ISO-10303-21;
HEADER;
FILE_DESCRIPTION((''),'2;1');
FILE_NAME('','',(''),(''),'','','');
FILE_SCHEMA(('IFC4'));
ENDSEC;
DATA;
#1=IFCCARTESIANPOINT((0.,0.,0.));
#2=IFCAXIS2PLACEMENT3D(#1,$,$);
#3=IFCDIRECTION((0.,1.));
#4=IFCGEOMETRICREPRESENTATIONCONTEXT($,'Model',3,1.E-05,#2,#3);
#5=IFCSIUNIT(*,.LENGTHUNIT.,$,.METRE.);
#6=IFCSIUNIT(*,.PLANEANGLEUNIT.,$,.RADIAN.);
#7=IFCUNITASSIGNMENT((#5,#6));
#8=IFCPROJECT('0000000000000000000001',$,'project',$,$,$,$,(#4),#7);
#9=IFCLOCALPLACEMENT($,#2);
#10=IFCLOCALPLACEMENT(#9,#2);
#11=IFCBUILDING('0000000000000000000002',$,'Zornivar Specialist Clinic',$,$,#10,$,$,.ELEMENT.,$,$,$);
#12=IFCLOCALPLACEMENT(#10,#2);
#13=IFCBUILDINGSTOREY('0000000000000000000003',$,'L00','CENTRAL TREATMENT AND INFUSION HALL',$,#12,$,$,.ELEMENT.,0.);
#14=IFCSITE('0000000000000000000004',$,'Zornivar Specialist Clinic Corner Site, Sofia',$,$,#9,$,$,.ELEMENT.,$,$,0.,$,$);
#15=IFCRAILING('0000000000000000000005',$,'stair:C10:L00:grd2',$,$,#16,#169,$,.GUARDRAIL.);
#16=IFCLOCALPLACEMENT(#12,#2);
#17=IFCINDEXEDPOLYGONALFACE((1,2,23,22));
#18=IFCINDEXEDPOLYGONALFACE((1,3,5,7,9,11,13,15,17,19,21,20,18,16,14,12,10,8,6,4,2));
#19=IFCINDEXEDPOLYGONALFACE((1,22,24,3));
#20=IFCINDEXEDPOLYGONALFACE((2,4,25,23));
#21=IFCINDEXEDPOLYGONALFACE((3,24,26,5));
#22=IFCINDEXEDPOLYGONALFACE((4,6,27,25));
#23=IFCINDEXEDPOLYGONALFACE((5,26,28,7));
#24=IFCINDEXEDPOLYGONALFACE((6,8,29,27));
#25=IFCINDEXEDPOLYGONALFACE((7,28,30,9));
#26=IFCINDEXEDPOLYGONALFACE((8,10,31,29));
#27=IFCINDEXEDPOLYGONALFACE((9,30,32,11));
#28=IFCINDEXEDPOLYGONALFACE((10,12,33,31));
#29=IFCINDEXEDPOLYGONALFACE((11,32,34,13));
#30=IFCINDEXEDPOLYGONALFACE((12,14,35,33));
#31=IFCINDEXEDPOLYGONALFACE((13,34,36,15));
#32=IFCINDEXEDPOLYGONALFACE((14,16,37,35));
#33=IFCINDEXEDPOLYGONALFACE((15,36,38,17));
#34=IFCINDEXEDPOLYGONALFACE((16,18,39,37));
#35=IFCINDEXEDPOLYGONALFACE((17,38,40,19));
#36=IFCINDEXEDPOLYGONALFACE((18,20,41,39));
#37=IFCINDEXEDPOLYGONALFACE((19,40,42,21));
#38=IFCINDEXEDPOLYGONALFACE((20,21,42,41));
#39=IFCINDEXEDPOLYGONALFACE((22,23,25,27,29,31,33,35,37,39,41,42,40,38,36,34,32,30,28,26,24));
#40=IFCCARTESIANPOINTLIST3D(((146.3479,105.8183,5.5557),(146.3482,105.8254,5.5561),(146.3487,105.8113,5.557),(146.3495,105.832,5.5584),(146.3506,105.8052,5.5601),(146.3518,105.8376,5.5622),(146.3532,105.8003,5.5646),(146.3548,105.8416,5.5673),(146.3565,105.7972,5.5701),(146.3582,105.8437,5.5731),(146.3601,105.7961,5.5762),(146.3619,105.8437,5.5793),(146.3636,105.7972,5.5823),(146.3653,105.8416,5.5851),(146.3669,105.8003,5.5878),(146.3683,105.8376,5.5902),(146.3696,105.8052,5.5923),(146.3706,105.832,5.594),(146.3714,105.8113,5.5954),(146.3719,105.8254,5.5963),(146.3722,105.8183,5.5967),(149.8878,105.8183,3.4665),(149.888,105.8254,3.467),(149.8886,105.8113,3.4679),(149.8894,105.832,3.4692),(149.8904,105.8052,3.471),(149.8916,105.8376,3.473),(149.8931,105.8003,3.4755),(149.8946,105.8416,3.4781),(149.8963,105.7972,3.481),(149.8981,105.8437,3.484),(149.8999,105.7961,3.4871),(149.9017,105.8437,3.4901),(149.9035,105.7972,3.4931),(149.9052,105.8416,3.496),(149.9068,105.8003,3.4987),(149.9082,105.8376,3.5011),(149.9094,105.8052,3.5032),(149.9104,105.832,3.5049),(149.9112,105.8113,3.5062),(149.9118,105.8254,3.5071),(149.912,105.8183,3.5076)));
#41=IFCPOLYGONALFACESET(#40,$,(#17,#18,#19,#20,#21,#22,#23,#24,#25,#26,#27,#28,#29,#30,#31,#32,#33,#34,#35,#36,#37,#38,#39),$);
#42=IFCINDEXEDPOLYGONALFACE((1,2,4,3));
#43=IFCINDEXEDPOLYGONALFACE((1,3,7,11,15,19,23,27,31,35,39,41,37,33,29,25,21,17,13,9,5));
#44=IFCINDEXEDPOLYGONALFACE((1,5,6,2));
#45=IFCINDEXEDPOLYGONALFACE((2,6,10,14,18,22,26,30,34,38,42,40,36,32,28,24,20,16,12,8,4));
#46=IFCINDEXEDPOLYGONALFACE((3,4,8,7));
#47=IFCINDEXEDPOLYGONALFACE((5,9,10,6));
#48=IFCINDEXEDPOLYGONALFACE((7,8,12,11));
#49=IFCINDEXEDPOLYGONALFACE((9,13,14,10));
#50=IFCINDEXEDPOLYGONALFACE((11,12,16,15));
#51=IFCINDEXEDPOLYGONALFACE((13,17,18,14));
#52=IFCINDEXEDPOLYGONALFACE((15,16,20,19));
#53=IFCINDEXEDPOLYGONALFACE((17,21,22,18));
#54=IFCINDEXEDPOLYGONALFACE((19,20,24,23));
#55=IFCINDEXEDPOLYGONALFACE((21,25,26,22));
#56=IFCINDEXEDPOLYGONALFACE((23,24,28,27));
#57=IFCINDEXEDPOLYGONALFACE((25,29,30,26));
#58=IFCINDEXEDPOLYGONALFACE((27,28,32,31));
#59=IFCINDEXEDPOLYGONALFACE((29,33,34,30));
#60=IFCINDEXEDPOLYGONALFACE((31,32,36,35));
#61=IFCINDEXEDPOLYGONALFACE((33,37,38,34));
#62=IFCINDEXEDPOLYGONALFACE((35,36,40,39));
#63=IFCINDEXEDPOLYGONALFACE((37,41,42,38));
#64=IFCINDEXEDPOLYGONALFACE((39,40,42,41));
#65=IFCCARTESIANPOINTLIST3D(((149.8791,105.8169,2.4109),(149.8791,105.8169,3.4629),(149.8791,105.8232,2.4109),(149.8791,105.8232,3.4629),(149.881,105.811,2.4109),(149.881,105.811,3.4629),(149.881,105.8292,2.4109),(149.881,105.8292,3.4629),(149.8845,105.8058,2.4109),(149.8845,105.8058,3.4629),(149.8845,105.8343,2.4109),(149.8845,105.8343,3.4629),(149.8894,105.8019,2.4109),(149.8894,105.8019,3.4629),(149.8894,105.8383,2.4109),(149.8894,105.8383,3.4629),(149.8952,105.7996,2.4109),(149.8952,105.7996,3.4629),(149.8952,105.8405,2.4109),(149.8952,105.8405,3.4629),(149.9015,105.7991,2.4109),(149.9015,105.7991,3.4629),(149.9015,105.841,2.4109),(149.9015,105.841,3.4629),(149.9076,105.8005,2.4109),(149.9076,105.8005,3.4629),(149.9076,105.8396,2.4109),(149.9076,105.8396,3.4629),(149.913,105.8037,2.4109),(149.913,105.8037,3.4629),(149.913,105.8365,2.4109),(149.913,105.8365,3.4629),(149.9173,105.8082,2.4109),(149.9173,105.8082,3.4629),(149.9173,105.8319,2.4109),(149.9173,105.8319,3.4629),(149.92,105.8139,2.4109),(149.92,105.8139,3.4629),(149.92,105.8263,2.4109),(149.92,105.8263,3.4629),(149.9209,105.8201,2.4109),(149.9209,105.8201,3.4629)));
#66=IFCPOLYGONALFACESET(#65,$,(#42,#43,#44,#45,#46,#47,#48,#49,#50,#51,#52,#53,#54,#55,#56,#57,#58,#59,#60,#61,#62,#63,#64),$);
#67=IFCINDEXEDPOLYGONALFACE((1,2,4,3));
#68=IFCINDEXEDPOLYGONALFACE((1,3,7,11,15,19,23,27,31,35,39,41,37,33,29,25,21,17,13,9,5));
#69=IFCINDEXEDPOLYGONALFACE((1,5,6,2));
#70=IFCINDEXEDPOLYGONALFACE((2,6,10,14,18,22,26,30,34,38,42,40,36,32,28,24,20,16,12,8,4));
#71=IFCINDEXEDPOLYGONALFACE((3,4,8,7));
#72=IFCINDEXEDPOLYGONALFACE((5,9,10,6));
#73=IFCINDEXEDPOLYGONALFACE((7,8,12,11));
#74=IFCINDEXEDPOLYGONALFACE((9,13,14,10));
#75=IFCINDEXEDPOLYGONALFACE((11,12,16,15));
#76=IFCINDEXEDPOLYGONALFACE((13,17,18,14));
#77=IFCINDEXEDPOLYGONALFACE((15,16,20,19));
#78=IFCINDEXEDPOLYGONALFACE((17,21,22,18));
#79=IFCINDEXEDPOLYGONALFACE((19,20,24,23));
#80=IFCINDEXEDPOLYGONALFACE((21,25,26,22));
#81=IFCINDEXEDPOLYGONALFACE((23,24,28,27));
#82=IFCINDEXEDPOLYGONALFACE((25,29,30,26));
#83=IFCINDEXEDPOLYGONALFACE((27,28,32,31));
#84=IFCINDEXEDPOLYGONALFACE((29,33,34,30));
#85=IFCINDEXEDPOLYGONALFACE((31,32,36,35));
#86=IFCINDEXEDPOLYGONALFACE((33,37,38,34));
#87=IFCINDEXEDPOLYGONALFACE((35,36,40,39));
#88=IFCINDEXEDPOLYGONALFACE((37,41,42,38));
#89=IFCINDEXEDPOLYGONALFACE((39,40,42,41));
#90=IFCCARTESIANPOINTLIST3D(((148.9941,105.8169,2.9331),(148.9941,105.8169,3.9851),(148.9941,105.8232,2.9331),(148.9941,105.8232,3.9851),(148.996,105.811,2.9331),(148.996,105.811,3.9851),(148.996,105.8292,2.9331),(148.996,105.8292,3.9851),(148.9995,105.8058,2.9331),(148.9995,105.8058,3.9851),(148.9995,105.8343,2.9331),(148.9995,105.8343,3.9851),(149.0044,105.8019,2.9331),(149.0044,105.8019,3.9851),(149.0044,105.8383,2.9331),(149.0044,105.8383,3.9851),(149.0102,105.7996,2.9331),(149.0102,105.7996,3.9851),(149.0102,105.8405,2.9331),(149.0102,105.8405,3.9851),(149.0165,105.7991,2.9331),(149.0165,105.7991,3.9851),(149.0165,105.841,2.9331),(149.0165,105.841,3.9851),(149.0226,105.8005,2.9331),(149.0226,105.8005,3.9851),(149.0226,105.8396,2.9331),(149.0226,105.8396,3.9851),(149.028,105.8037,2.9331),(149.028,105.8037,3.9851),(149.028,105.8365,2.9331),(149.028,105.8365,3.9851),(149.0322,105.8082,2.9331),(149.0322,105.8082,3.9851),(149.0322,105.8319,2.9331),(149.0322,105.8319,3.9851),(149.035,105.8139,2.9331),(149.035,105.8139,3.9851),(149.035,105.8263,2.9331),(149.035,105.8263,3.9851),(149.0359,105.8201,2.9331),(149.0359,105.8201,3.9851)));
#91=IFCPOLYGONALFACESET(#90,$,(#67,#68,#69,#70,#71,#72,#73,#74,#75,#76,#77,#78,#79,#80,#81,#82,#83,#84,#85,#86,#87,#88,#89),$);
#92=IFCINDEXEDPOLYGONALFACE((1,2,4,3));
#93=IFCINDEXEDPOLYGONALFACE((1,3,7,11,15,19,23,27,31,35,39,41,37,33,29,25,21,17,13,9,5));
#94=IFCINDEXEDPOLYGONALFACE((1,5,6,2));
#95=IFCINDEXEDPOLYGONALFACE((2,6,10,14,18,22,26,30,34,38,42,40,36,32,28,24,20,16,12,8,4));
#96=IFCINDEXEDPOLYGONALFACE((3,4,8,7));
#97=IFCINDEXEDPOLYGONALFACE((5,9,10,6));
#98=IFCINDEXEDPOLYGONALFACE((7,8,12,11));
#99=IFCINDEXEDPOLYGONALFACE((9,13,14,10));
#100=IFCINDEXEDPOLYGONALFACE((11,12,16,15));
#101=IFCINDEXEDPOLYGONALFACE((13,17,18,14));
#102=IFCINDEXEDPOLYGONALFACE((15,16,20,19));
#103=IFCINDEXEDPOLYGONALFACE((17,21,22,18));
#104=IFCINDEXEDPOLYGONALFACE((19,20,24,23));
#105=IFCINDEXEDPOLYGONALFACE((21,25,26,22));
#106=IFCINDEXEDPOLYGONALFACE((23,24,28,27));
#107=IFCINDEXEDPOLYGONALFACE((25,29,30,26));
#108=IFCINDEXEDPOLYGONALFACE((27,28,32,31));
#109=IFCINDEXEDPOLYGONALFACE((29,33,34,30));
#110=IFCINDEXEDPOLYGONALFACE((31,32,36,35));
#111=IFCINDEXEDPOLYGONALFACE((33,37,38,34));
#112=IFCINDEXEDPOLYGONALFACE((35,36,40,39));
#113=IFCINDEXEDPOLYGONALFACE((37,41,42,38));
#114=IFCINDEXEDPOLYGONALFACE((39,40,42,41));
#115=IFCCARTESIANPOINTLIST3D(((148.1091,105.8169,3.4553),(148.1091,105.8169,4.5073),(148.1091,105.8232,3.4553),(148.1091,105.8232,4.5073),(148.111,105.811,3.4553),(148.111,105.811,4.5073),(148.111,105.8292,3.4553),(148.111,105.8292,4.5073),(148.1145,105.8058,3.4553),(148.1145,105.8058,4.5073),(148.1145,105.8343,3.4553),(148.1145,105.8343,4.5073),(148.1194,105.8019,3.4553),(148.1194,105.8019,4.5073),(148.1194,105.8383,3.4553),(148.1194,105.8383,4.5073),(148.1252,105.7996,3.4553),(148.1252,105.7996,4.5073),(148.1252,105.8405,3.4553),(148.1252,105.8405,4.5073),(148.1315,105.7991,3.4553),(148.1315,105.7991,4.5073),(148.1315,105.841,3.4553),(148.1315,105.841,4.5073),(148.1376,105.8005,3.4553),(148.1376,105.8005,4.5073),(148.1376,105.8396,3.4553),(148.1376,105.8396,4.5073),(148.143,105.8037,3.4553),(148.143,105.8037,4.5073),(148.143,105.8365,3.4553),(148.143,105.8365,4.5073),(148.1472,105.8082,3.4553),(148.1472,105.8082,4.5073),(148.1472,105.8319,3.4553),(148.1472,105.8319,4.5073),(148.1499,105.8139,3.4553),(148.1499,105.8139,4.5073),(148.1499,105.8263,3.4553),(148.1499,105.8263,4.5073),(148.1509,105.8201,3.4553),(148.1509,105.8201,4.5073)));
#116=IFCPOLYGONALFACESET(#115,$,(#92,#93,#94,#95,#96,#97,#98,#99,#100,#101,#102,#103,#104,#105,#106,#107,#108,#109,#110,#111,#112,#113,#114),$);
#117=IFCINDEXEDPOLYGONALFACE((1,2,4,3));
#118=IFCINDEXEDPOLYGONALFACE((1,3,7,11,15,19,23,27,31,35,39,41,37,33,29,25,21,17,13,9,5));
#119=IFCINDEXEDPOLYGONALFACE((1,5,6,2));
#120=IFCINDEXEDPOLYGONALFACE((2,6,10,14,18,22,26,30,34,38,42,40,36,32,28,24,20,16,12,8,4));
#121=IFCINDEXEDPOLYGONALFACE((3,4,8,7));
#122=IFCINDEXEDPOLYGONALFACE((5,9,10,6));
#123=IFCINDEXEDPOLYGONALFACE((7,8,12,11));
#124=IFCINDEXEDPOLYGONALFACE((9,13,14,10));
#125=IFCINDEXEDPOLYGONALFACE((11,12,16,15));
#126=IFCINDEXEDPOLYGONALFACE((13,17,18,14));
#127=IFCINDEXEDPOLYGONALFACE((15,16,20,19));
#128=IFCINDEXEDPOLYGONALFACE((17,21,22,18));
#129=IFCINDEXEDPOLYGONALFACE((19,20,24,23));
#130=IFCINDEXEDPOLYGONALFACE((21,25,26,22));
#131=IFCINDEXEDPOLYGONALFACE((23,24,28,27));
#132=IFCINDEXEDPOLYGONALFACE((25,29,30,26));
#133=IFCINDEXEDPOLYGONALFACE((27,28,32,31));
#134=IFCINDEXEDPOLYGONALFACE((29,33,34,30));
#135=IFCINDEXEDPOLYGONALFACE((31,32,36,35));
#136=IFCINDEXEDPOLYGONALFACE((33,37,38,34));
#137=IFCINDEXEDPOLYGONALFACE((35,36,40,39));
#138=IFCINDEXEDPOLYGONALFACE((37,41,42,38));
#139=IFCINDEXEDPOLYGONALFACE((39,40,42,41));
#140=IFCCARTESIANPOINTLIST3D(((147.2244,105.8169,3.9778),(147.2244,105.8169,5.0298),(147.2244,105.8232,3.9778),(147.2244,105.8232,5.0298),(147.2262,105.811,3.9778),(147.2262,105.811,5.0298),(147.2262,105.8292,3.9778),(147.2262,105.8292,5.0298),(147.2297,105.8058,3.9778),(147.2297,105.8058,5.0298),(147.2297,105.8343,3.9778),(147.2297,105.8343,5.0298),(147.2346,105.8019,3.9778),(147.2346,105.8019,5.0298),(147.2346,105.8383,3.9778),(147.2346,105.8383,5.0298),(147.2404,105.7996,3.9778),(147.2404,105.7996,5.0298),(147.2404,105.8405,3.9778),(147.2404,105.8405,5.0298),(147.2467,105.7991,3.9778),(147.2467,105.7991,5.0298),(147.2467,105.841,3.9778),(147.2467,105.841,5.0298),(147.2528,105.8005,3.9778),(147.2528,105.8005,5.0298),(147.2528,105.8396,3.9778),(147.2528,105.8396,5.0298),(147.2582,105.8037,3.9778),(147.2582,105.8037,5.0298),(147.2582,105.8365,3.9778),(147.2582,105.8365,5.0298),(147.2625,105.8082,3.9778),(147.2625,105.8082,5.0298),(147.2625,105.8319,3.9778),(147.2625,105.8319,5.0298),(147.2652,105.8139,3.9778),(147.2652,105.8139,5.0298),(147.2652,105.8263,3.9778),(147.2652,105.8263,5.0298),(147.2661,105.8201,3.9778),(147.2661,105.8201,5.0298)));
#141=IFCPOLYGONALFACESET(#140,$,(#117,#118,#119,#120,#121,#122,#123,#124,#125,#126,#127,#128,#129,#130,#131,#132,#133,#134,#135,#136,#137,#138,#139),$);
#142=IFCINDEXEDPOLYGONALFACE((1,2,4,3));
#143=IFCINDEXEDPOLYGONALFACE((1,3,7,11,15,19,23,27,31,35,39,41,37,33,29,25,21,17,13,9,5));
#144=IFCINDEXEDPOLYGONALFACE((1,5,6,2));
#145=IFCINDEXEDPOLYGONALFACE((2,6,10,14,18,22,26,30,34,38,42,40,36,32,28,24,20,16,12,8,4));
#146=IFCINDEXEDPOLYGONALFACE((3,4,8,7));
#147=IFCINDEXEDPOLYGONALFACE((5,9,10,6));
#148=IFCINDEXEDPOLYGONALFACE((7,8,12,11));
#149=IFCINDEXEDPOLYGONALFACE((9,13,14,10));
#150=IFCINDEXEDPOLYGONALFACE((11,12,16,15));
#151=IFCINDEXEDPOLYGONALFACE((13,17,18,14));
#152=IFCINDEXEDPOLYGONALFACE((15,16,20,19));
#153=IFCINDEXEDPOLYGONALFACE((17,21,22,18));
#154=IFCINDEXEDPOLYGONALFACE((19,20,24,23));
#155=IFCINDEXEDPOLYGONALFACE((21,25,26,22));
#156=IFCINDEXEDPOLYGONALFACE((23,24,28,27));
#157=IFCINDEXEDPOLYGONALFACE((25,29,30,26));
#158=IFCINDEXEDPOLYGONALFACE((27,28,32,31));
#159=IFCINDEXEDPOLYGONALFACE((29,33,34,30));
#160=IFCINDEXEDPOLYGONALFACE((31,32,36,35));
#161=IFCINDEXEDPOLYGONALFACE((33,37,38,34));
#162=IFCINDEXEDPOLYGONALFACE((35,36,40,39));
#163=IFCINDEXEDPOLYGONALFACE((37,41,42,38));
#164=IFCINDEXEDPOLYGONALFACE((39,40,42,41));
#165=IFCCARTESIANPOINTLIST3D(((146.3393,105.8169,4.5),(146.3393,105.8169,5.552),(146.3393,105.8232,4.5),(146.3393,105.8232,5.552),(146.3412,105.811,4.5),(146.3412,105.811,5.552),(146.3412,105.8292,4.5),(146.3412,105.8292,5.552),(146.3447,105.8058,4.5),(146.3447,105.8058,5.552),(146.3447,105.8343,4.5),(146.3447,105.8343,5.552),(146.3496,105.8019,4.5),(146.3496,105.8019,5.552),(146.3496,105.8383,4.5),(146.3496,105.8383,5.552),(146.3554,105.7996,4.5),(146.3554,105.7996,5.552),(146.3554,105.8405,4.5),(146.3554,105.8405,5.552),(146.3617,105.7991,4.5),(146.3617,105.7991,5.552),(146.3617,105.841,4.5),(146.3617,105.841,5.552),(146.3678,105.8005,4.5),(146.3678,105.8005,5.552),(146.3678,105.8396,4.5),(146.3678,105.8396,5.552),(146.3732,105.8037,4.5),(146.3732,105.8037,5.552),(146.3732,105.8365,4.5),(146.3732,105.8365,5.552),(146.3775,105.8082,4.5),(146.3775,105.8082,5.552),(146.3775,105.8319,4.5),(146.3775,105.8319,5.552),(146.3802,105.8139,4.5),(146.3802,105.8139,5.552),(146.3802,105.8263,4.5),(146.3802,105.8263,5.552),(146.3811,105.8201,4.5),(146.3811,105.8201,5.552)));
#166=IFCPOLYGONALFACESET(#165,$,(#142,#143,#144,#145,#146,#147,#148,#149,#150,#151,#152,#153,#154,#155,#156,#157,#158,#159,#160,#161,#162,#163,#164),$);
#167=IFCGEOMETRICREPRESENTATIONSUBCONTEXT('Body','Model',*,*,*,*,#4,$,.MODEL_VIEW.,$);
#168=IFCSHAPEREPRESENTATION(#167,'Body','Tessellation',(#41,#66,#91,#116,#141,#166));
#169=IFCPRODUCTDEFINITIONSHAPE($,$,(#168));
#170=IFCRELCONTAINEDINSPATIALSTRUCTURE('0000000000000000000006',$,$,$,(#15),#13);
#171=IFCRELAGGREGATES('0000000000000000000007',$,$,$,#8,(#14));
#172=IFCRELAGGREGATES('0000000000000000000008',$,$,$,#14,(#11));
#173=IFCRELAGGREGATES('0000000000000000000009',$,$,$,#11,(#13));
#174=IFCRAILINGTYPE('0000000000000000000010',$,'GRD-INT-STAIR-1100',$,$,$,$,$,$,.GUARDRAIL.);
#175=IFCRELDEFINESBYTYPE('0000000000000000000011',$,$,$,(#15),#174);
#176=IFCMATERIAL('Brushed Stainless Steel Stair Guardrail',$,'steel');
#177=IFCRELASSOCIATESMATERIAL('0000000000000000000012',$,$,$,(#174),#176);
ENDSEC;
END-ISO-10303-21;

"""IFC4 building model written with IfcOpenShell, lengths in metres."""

from ifc_helpers import new_model, si_unit, direction, frame, origin, origin_2d, place, context, subcontext, project, spatial, circle, extrude, material, type_object, element, save


model = new_model("IFC4")

# Units and contexts
model_context = context("Model", 3, precision=1e-05, world=origin(), true_north=direction((0.0, 1.0)))
body_context = subcontext(model_context, "Body", "Model", "MODEL_VIEW")
ifc_project = project(units=[si_unit("LENGTHUNIT", "METRE"), si_unit("PLANEANGLEUNIT", "RADIAN")], contexts=[model_context])

# Site, building, storey
site_placement = place(None, origin())
site = spatial("IfcSite", under=ifc_project, at=site_placement, Name="Zornivar Specialist Clinic Corner Site, Sofia", CompositionType="ELEMENT", RefElevation=0.0)
building_placement = place(site_placement, origin())
building = spatial("IfcBuilding", under=site, at=building_placement, Name="Zornivar Specialist Clinic", CompositionType="ELEMENT")
storey_placement = place(building_placement, origin())
storey = spatial("IfcBuildingStorey", under=building, at=storey_placement, Name="L00", Description="CENTRAL TREATMENT AND INFUSION HALL", CompositionType="ELEMENT", Elevation=0.0)

# Railing
ifc_material_1 = material(Name="Brushed Stainless Steel Stair Guardrail", Category="steel")
railing_type = type_object("IfcRailingType", Name="GRD-INT-STAIR-1100", PredefinedType="GUARDRAIL", material=ifc_material_1)
railing_1_placement = place(storey_placement, frame((149.8999, 105.8201, 2.4109)))
element("IfcRailing", 1, at=railing_1_placement, inside=storey, type_object=railing_type, Name="stair:C10:L00:grd2", PredefinedType="GUARDRAIL", context=body_context, shape_type="SweptSolid", body=[
    extrude(circle(Radius=0.0239, at=origin_2d()), frame((0.0, 0.0, 1.0762), z_axis=(-0.861202, 0.0, 0.508263), x_axis=(0.0, -1.0, 0.0)), (0.0, 0.0, 1.0), 4.1104),
    extrude(circle(Radius=0.021, at=origin_2d()), origin(), (0.0, 0.0, 1.0), 1.052),
    extrude(circle(Radius=0.021, at=origin_2d()), frame((-0.885, 0.0, 0.5222)), (0.0, 0.0, 1.0), 1.052),
    extrude(circle(Radius=0.021, at=origin_2d()), frame((-1.77, 0.0, 1.0444)), (0.0, 0.0, 1.0), 1.052),
    extrude(circle(Radius=0.021, at=origin_2d()), frame((-2.6548, 0.0, 1.5669)), (0.0, 0.0, 1.0), 1.052),
    extrude(circle(Radius=0.021, at=origin_2d()), frame((-3.5398, 0.0, 2.0891)), (0.0, 0.0, 1.0), 1.052),
])

save(model, "model.ifc")
